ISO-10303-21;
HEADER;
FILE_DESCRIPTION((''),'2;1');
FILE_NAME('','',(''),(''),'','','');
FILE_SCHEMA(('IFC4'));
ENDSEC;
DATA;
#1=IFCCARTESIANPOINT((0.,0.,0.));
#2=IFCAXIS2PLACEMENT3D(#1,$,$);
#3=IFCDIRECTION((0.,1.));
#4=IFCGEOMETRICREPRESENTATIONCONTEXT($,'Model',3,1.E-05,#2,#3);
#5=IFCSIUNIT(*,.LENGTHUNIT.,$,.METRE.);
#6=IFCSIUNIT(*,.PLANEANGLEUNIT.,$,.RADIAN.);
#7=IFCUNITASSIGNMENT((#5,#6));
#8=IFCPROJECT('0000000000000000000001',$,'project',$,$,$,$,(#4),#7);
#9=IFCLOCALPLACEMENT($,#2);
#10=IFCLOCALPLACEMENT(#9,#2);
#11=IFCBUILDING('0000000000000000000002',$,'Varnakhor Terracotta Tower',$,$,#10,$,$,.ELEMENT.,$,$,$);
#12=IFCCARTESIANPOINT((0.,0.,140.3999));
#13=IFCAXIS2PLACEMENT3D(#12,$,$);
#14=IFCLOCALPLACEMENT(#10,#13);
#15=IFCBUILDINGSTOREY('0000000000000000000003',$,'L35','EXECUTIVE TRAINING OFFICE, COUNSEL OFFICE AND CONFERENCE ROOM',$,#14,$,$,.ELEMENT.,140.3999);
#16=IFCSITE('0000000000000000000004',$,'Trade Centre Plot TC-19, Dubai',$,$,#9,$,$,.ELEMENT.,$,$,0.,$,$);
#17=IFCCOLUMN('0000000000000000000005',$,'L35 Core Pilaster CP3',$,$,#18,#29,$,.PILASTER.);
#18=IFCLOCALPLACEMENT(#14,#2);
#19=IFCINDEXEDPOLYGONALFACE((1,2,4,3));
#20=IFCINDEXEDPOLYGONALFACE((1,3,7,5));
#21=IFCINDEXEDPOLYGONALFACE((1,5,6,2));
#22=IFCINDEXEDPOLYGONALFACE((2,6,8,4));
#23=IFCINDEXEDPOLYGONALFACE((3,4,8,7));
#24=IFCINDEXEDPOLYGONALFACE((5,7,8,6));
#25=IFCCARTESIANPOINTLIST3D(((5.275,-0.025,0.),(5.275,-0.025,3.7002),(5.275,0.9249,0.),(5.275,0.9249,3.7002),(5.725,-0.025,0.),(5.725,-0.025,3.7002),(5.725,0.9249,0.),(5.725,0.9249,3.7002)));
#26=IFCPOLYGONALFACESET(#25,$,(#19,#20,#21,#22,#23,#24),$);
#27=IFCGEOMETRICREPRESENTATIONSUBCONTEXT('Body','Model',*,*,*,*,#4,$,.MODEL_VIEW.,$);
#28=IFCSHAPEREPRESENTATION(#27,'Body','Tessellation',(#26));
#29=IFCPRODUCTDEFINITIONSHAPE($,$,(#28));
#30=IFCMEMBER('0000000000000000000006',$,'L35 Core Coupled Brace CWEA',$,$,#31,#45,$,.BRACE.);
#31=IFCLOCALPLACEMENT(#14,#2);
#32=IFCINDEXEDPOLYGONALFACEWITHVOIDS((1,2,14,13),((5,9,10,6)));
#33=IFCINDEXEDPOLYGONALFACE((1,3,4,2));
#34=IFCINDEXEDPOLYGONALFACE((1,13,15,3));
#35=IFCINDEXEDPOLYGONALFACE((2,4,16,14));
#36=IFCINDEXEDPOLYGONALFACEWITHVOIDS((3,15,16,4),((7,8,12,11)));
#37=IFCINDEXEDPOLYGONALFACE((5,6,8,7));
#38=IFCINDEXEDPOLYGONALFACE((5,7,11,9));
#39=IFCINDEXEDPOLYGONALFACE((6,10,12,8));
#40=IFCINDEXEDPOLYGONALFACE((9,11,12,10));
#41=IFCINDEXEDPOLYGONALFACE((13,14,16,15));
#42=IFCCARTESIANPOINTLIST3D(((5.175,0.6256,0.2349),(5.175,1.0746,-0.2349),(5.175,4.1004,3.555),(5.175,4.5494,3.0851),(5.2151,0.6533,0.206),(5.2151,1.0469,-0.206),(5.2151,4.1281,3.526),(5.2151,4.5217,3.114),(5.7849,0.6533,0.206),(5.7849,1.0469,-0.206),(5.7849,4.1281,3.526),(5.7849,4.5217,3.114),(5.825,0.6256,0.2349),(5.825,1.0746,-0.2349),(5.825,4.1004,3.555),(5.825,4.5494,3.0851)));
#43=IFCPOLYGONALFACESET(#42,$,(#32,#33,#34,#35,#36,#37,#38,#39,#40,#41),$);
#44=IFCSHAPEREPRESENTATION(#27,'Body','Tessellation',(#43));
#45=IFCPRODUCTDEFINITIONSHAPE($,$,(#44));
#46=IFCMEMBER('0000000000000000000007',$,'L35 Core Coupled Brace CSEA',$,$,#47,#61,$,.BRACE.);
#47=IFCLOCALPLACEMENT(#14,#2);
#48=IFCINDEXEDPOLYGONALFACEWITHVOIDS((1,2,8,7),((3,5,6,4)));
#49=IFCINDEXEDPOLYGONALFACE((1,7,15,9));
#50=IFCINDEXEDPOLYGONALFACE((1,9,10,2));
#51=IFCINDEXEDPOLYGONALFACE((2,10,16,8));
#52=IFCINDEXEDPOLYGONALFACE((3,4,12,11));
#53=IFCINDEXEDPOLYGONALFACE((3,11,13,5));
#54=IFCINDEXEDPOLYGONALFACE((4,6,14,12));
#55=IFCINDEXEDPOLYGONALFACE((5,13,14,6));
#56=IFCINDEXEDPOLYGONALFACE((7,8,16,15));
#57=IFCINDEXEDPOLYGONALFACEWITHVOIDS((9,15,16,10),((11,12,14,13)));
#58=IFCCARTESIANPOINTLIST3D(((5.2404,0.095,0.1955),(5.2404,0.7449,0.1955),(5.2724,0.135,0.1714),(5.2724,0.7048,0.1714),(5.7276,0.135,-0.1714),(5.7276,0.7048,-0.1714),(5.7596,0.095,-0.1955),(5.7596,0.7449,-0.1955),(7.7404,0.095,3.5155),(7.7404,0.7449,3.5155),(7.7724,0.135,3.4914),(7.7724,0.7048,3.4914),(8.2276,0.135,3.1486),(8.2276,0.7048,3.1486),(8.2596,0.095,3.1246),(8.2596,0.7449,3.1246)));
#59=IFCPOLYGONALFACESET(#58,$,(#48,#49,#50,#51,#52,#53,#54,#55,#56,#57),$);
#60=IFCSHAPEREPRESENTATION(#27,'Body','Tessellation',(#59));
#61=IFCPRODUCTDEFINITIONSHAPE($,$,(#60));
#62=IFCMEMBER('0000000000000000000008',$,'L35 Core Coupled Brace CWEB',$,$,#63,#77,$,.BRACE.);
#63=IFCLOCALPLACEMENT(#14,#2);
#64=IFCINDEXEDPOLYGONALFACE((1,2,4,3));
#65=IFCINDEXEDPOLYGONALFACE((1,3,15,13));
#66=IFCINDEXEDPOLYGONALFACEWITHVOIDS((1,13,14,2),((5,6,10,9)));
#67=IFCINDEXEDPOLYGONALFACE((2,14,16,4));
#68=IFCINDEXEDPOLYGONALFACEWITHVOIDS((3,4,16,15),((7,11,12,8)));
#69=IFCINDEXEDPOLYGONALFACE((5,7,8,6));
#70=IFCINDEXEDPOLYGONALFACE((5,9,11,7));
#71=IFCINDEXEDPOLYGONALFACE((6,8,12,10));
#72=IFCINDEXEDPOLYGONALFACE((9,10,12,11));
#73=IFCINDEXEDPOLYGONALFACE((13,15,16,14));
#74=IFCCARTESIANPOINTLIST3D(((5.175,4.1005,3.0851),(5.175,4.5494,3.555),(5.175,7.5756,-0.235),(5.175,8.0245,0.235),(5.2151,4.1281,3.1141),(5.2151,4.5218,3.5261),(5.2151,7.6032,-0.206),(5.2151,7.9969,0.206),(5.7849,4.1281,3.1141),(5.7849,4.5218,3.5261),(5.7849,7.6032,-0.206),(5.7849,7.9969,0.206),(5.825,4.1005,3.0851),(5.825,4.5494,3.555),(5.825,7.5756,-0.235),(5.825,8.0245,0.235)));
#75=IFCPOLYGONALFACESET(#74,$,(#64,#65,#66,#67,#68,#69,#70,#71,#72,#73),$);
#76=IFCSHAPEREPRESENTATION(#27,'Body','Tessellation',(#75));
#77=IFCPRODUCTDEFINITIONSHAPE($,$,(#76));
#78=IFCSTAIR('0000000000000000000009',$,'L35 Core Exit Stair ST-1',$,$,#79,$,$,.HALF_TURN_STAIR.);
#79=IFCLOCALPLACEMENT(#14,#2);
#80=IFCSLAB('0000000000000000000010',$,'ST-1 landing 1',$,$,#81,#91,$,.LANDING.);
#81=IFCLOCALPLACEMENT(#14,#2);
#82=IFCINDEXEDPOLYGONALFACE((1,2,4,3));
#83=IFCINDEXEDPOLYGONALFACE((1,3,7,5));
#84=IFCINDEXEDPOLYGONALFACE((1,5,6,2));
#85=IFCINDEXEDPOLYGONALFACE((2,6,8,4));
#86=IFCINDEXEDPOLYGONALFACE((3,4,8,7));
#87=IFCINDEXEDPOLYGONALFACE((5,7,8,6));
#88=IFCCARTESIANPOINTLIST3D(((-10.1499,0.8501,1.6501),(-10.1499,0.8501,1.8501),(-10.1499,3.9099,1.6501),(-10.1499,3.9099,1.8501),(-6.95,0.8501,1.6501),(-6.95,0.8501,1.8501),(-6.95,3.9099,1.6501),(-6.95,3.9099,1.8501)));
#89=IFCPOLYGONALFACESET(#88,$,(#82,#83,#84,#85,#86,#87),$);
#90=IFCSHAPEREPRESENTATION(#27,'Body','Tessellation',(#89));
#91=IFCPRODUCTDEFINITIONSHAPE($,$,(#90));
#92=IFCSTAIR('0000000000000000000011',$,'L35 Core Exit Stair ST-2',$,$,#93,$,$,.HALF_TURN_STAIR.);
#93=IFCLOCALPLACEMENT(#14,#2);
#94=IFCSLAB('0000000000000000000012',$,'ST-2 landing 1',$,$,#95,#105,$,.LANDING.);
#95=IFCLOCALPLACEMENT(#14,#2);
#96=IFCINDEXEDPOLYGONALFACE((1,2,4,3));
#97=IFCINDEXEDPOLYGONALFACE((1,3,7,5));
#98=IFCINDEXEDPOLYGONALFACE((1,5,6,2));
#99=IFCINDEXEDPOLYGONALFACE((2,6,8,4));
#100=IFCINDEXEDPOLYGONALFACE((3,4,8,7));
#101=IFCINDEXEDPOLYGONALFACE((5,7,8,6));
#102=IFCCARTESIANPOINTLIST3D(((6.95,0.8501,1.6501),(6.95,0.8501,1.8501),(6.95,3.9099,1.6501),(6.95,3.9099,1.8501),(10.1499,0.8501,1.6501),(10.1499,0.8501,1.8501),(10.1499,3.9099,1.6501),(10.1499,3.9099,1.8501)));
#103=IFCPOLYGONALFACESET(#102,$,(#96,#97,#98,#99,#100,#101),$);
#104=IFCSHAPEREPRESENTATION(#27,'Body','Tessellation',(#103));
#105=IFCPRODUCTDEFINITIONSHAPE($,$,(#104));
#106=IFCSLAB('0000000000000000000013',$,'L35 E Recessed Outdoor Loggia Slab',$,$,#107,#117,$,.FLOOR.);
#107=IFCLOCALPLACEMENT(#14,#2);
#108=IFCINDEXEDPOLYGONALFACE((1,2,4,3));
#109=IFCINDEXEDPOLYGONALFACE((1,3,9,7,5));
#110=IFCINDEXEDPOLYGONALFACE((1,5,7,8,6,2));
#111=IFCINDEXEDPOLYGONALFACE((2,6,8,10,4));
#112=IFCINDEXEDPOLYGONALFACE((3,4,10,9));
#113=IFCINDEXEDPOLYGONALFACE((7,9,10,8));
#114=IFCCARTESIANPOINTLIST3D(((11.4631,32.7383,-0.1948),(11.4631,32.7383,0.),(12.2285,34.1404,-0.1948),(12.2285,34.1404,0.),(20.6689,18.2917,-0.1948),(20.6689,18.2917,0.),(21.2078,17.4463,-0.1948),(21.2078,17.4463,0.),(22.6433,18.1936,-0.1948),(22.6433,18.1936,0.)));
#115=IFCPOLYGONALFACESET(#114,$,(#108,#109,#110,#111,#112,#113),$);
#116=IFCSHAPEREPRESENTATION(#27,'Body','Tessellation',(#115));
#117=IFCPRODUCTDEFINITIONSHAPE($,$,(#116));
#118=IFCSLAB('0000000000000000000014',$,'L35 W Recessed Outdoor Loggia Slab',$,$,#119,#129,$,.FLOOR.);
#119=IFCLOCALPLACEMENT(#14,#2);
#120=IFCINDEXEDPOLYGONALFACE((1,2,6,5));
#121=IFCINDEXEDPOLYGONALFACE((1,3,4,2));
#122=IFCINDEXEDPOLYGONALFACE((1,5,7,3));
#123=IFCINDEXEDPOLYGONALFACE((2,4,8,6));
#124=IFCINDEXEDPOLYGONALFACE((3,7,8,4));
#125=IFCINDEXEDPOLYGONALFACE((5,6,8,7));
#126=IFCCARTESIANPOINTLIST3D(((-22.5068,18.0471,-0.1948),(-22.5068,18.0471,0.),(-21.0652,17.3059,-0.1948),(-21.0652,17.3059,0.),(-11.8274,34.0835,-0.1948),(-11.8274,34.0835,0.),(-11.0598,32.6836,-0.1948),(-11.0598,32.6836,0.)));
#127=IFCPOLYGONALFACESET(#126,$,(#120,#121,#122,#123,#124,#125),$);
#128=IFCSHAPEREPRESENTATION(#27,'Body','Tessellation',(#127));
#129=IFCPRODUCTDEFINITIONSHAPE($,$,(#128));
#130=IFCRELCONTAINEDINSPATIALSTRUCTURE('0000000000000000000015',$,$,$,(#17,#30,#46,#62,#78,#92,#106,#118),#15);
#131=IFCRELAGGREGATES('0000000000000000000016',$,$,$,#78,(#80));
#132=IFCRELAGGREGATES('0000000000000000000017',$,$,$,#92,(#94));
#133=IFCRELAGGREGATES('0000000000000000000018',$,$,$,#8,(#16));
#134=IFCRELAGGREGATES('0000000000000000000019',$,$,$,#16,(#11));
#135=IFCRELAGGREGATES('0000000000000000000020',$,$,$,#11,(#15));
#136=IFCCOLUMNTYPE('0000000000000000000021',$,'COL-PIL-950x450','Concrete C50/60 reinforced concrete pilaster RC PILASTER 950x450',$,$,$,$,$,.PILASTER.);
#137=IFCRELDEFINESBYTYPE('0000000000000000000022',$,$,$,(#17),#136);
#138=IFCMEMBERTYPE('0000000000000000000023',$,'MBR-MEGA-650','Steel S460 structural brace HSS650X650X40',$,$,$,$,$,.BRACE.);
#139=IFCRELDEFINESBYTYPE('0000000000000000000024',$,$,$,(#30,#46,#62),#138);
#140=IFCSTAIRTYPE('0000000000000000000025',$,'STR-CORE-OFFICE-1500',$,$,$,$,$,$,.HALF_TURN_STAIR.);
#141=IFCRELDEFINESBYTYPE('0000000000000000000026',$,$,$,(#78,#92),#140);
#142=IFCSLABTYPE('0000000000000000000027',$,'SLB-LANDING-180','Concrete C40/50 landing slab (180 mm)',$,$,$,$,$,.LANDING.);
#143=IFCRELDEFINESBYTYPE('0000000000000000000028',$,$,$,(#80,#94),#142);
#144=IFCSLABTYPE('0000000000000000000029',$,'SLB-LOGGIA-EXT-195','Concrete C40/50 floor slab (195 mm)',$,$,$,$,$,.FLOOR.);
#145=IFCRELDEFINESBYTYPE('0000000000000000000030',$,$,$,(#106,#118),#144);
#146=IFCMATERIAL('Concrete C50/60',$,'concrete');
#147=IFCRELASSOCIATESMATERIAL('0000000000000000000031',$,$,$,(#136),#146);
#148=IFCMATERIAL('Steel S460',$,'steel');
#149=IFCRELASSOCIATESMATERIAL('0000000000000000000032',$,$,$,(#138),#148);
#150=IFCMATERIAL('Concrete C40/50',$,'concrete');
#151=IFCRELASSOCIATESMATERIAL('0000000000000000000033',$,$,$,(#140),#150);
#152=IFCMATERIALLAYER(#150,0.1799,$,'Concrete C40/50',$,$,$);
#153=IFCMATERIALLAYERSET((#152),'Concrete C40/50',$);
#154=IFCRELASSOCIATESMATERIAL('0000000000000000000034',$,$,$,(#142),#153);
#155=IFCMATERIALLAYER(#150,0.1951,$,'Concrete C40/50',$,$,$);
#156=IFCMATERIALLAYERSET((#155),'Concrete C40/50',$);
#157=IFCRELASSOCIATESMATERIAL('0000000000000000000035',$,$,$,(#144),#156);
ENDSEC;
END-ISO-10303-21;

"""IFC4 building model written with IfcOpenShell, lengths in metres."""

from ifc_helpers import new_model, si_unit, direction, frame, origin, origin_2d, place, context, subcontext, project, spatial, polyline, rectangle, hollow_rectangle, outline, extrude, source, transform, mapped, material, layer, layer_set, material_profile, profile_set, type_object, element, aggregate, save


model = new_model("IFC4")

# Units and contexts
model_context = context("Model", 3, precision=1e-05, world=origin(), true_north=direction((0.0, 1.0)))
body_context = subcontext(model_context, "Body", "Model", "MODEL_VIEW")
ifc_project = project(units=[si_unit("LENGTHUNIT", "METRE"), si_unit("PLANEANGLEUNIT", "RADIAN")], contexts=[model_context])

# Site, building, storey
site_placement = place(None, origin())
site = spatial("IfcSite", under=ifc_project, at=site_placement, Name="Trade Centre Plot TC-19, Dubai", CompositionType="ELEMENT", RefElevation=0.0)
building_placement = place(site_placement, origin())
building = spatial("IfcBuilding", under=site, at=building_placement, Name="Varnakhor Terracotta Tower", CompositionType="ELEMENT")
storey_placement = place(building_placement, frame((0.0, 0.0, 140.3999)))
storey = spatial("IfcBuildingStorey", under=building, at=storey_placement, Name="L35", Description="EXECUTIVE TRAINING OFFICE, COUNSEL OFFICE AND CONFERENCE ROOM", CompositionType="ELEMENT", Elevation=140.3999)

# Column
ifc_material_1 = material(Name="Concrete C50/60", Category="concrete")
ifc_material_profile_1 = material_profile(ifc_material_1, rectangle(XDim=0.45, YDim=0.95, at=origin_2d()), Name="RC PILASTER 950x450")
ifc_profile_set_1 = profile_set([ifc_material_profile_1], Name="Concrete C50/60")
column_type = type_object("IfcColumnType", Name="COL-PIL-950x450", Description="Concrete C50/60 reinforced concrete pilaster RC PILASTER 950x450", PredefinedType="PILASTER", material=ifc_profile_set_1)
shared_shape_1 = source(origin(), body_context, "Body", "SweptSolid", [
    extrude(rectangle(XDim=0.45, YDim=0.95, at=origin_2d()), origin(), (0.0, 0.0, 1.0), 3.7002),
])
column_placement = place(storey_placement, frame((5.5, 0.45, 0.0), z_axis=(0.0, 0.0, 1.0), x_axis=(1.0, 0.0, 0.0)))
element("IfcColumn", 1, at=column_placement, inside=storey, type_object=column_type, Name="L35 Core Pilaster CP3", PredefinedType="PILASTER", context=body_context, shape_type="MappedRepresentation", body=[
    mapped(shared_shape_1, transform((0.0, 0.0, 0.0), scale=1.0)),
])

# Members
ifc_material_2 = material(Name="Steel S460", Category="steel")
ifc_material_profile_2 = material_profile(ifc_material_2, hollow_rectangle(XDim=0.6499, YDim=0.6499, WallThickness=0.04, at=origin_2d()), Name="HSS650X650X40")
ifc_profile_set_2 = profile_set([ifc_material_profile_2], Name="Steel S460")
member_type = type_object("IfcMemberType", Name="MBR-MEGA-650", Description="Steel S460 structural brace HSS650X650X40", PredefinedType="BRACE", material=ifc_profile_set_2)
shared_shape_2 = source(origin(), body_context, "Body", "SweptSolid", [
    extrude(hollow_rectangle(XDim=0.6499, YDim=0.6499, WallThickness=0.04, at=origin_2d()), origin(), (0.0, 0.0, 1.0), 4.8059),
])
member_1_placement = place(storey_placement, frame((5.5, 0.8501, 0.0), z_axis=(0.0, 0.723027, 0.69082), x_axis=(-1.0, 0.0, 0.0)))
element("IfcMember", 2, at=member_1_placement, inside=storey, type_object=member_type, Name="L35 Core Coupled Brace CWEA", PredefinedType="BRACE", context=body_context, shape_type="MappedRepresentation", body=[
    mapped(shared_shape_2, transform((0.0, 0.0, 0.0), scale=1.0)),
])
shared_shape_3 = source(origin(), body_context, "Body", "SweptSolid", [
    extrude(hollow_rectangle(XDim=0.6499, YDim=0.6499, WallThickness=0.04, at=origin_2d()), origin(), (0.0, 0.0, 1.0), 4.156),
])
member_2_placement = place(storey_placement, frame((5.5, 0.4199, 0.0), z_axis=(0.601531, 0.0, 0.79885), x_axis=(0.0, 1.0, 0.0)))
element("IfcMember", 3, at=member_2_placement, inside=storey, type_object=member_type, Name="L35 Core Coupled Brace CSEA", PredefinedType="BRACE", context=body_context, shape_type="MappedRepresentation", body=[
    mapped(shared_shape_3, transform((0.0, 0.0, 0.0), scale=1.0)),
])
shared_shape_4 = source(origin(), body_context, "Body", "SweptSolid", [
    extrude(hollow_rectangle(XDim=0.6499, YDim=0.6499, WallThickness=0.04, at=origin_2d()), origin(), (0.0, 0.0, 1.0), 4.8062),
])
member_3_placement = place(storey_placement, frame((5.5, 7.8, 0.0), z_axis=(0.0, -0.723051, 0.690795), x_axis=(1.0, 0.0, 0.0)))
element("IfcMember", 4, at=member_3_placement, inside=storey, type_object=member_type, Name="L35 Core Coupled Brace CWEB", PredefinedType="BRACE", context=body_context, shape_type="MappedRepresentation", body=[
    mapped(shared_shape_4, transform((0.0, 0.0, 0.0), scale=1.0)),
])

# Stairs, slabs
ifc_material_3 = material(Name="Concrete C40/50", Category="concrete")
stair_type = type_object("IfcStairType", Name="STR-CORE-OFFICE-1500", PredefinedType="HALF_TURN_STAIR", material=ifc_material_3)
stair_1_placement = place(storey_placement, origin())
stair_1 = element("IfcStair", 5, at=stair_1_placement, inside=storey, type_object=stair_type, Name="L35 Core Exit Stair ST-1", PredefinedType="HALF_TURN_STAIR")
ifc_layer_1 = layer(ifc_material_3, 0.1799, Name="Concrete C40/50")
ifc_layer_set_1 = layer_set([ifc_layer_1], Name="Concrete C40/50")
slab_type_1 = type_object("IfcSlabType", Name="SLB-LANDING-180", Description="Concrete C40/50 landing slab (180 mm)", PredefinedType="LANDING", material=ifc_layer_set_1)
slab_1_placement = place(storey_placement, frame((0.0, 0.0, 1.6501)))
slab_1 = element("IfcSlab", 6, at=slab_1_placement, type_object=slab_type_1, Name="ST-1 landing 1", PredefinedType="LANDING", context=body_context, shape_type="SweptSolid", body=[
    extrude(outline(polyline([(-10.1499, 3.9099), (-10.1499, 0.8501), (-6.95, 0.8501), (-6.95, 3.9099), (-10.1499, 3.9099)])), origin(), (0.0, 0.0, 1.0), 0.2),
])
aggregate(stair_1, [slab_1])
stair_2_placement = place(storey_placement, origin())
stair_2 = element("IfcStair", 7, at=stair_2_placement, inside=storey, type_object=stair_type, Name="L35 Core Exit Stair ST-2", PredefinedType="HALF_TURN_STAIR")
slab_2_placement = place(storey_placement, frame((0.0, 0.0, 1.6501)))
slab_2 = element("IfcSlab", 8, at=slab_2_placement, type_object=slab_type_1, Name="ST-2 landing 1", PredefinedType="LANDING", context=body_context, shape_type="SweptSolid", body=[
    extrude(outline(polyline([(6.95, 3.9099), (6.95, 0.8501), (10.1499, 0.8501), (10.1499, 3.9099), (6.95, 3.9099)])), origin(), (0.0, 0.0, 1.0), 0.2),
])

# Slabs
ifc_layer_2 = layer(ifc_material_3, 0.1951, Name="Concrete C40/50")
ifc_layer_set_2 = layer_set([ifc_layer_2], Name="Concrete C40/50")
slab_type_2 = type_object("IfcSlabType", Name="SLB-LOGGIA-EXT-195", Description="Concrete C40/50 floor slab (195 mm)", PredefinedType="FLOOR", material=ifc_layer_set_2)
slab_3_placement = place(storey_placement, frame((0.0, 0.0, -0.1948)))
element("IfcSlab", 9, at=slab_3_placement, inside=storey, type_object=slab_type_2, Name="L35 E Recessed Outdoor Loggia Slab", PredefinedType="FLOOR", context=body_context, shape_type="SweptSolid", body=[
    extrude(outline(polyline([(12.2285, 34.1404), (22.6433, 18.1936), (21.2078, 17.4463), (20.6689, 18.2917), (11.4631, 32.7383), (12.2285, 34.1404)])), origin(), (0.0, 0.0, 1.0), 0.1948),
])
slab_4_placement = place(storey_placement, frame((0.0, 0.0, -0.1948)))
element("IfcSlab", 10, at=slab_4_placement, inside=storey, type_object=slab_type_2, Name="L35 W Recessed Outdoor Loggia Slab", PredefinedType="FLOOR", context=body_context, shape_type="SweptSolid", body=[
    extrude(outline(polyline([(-22.5068, 18.0471), (-11.8274, 34.0835), (-11.0598, 32.6836), (-21.0652, 17.3059), (-22.5068, 18.0471)])), origin(), (0.0, 0.0, 1.0), 0.1948),
])

aggregate(stair_2, [slab_2])

save(model, "model.ifc")
